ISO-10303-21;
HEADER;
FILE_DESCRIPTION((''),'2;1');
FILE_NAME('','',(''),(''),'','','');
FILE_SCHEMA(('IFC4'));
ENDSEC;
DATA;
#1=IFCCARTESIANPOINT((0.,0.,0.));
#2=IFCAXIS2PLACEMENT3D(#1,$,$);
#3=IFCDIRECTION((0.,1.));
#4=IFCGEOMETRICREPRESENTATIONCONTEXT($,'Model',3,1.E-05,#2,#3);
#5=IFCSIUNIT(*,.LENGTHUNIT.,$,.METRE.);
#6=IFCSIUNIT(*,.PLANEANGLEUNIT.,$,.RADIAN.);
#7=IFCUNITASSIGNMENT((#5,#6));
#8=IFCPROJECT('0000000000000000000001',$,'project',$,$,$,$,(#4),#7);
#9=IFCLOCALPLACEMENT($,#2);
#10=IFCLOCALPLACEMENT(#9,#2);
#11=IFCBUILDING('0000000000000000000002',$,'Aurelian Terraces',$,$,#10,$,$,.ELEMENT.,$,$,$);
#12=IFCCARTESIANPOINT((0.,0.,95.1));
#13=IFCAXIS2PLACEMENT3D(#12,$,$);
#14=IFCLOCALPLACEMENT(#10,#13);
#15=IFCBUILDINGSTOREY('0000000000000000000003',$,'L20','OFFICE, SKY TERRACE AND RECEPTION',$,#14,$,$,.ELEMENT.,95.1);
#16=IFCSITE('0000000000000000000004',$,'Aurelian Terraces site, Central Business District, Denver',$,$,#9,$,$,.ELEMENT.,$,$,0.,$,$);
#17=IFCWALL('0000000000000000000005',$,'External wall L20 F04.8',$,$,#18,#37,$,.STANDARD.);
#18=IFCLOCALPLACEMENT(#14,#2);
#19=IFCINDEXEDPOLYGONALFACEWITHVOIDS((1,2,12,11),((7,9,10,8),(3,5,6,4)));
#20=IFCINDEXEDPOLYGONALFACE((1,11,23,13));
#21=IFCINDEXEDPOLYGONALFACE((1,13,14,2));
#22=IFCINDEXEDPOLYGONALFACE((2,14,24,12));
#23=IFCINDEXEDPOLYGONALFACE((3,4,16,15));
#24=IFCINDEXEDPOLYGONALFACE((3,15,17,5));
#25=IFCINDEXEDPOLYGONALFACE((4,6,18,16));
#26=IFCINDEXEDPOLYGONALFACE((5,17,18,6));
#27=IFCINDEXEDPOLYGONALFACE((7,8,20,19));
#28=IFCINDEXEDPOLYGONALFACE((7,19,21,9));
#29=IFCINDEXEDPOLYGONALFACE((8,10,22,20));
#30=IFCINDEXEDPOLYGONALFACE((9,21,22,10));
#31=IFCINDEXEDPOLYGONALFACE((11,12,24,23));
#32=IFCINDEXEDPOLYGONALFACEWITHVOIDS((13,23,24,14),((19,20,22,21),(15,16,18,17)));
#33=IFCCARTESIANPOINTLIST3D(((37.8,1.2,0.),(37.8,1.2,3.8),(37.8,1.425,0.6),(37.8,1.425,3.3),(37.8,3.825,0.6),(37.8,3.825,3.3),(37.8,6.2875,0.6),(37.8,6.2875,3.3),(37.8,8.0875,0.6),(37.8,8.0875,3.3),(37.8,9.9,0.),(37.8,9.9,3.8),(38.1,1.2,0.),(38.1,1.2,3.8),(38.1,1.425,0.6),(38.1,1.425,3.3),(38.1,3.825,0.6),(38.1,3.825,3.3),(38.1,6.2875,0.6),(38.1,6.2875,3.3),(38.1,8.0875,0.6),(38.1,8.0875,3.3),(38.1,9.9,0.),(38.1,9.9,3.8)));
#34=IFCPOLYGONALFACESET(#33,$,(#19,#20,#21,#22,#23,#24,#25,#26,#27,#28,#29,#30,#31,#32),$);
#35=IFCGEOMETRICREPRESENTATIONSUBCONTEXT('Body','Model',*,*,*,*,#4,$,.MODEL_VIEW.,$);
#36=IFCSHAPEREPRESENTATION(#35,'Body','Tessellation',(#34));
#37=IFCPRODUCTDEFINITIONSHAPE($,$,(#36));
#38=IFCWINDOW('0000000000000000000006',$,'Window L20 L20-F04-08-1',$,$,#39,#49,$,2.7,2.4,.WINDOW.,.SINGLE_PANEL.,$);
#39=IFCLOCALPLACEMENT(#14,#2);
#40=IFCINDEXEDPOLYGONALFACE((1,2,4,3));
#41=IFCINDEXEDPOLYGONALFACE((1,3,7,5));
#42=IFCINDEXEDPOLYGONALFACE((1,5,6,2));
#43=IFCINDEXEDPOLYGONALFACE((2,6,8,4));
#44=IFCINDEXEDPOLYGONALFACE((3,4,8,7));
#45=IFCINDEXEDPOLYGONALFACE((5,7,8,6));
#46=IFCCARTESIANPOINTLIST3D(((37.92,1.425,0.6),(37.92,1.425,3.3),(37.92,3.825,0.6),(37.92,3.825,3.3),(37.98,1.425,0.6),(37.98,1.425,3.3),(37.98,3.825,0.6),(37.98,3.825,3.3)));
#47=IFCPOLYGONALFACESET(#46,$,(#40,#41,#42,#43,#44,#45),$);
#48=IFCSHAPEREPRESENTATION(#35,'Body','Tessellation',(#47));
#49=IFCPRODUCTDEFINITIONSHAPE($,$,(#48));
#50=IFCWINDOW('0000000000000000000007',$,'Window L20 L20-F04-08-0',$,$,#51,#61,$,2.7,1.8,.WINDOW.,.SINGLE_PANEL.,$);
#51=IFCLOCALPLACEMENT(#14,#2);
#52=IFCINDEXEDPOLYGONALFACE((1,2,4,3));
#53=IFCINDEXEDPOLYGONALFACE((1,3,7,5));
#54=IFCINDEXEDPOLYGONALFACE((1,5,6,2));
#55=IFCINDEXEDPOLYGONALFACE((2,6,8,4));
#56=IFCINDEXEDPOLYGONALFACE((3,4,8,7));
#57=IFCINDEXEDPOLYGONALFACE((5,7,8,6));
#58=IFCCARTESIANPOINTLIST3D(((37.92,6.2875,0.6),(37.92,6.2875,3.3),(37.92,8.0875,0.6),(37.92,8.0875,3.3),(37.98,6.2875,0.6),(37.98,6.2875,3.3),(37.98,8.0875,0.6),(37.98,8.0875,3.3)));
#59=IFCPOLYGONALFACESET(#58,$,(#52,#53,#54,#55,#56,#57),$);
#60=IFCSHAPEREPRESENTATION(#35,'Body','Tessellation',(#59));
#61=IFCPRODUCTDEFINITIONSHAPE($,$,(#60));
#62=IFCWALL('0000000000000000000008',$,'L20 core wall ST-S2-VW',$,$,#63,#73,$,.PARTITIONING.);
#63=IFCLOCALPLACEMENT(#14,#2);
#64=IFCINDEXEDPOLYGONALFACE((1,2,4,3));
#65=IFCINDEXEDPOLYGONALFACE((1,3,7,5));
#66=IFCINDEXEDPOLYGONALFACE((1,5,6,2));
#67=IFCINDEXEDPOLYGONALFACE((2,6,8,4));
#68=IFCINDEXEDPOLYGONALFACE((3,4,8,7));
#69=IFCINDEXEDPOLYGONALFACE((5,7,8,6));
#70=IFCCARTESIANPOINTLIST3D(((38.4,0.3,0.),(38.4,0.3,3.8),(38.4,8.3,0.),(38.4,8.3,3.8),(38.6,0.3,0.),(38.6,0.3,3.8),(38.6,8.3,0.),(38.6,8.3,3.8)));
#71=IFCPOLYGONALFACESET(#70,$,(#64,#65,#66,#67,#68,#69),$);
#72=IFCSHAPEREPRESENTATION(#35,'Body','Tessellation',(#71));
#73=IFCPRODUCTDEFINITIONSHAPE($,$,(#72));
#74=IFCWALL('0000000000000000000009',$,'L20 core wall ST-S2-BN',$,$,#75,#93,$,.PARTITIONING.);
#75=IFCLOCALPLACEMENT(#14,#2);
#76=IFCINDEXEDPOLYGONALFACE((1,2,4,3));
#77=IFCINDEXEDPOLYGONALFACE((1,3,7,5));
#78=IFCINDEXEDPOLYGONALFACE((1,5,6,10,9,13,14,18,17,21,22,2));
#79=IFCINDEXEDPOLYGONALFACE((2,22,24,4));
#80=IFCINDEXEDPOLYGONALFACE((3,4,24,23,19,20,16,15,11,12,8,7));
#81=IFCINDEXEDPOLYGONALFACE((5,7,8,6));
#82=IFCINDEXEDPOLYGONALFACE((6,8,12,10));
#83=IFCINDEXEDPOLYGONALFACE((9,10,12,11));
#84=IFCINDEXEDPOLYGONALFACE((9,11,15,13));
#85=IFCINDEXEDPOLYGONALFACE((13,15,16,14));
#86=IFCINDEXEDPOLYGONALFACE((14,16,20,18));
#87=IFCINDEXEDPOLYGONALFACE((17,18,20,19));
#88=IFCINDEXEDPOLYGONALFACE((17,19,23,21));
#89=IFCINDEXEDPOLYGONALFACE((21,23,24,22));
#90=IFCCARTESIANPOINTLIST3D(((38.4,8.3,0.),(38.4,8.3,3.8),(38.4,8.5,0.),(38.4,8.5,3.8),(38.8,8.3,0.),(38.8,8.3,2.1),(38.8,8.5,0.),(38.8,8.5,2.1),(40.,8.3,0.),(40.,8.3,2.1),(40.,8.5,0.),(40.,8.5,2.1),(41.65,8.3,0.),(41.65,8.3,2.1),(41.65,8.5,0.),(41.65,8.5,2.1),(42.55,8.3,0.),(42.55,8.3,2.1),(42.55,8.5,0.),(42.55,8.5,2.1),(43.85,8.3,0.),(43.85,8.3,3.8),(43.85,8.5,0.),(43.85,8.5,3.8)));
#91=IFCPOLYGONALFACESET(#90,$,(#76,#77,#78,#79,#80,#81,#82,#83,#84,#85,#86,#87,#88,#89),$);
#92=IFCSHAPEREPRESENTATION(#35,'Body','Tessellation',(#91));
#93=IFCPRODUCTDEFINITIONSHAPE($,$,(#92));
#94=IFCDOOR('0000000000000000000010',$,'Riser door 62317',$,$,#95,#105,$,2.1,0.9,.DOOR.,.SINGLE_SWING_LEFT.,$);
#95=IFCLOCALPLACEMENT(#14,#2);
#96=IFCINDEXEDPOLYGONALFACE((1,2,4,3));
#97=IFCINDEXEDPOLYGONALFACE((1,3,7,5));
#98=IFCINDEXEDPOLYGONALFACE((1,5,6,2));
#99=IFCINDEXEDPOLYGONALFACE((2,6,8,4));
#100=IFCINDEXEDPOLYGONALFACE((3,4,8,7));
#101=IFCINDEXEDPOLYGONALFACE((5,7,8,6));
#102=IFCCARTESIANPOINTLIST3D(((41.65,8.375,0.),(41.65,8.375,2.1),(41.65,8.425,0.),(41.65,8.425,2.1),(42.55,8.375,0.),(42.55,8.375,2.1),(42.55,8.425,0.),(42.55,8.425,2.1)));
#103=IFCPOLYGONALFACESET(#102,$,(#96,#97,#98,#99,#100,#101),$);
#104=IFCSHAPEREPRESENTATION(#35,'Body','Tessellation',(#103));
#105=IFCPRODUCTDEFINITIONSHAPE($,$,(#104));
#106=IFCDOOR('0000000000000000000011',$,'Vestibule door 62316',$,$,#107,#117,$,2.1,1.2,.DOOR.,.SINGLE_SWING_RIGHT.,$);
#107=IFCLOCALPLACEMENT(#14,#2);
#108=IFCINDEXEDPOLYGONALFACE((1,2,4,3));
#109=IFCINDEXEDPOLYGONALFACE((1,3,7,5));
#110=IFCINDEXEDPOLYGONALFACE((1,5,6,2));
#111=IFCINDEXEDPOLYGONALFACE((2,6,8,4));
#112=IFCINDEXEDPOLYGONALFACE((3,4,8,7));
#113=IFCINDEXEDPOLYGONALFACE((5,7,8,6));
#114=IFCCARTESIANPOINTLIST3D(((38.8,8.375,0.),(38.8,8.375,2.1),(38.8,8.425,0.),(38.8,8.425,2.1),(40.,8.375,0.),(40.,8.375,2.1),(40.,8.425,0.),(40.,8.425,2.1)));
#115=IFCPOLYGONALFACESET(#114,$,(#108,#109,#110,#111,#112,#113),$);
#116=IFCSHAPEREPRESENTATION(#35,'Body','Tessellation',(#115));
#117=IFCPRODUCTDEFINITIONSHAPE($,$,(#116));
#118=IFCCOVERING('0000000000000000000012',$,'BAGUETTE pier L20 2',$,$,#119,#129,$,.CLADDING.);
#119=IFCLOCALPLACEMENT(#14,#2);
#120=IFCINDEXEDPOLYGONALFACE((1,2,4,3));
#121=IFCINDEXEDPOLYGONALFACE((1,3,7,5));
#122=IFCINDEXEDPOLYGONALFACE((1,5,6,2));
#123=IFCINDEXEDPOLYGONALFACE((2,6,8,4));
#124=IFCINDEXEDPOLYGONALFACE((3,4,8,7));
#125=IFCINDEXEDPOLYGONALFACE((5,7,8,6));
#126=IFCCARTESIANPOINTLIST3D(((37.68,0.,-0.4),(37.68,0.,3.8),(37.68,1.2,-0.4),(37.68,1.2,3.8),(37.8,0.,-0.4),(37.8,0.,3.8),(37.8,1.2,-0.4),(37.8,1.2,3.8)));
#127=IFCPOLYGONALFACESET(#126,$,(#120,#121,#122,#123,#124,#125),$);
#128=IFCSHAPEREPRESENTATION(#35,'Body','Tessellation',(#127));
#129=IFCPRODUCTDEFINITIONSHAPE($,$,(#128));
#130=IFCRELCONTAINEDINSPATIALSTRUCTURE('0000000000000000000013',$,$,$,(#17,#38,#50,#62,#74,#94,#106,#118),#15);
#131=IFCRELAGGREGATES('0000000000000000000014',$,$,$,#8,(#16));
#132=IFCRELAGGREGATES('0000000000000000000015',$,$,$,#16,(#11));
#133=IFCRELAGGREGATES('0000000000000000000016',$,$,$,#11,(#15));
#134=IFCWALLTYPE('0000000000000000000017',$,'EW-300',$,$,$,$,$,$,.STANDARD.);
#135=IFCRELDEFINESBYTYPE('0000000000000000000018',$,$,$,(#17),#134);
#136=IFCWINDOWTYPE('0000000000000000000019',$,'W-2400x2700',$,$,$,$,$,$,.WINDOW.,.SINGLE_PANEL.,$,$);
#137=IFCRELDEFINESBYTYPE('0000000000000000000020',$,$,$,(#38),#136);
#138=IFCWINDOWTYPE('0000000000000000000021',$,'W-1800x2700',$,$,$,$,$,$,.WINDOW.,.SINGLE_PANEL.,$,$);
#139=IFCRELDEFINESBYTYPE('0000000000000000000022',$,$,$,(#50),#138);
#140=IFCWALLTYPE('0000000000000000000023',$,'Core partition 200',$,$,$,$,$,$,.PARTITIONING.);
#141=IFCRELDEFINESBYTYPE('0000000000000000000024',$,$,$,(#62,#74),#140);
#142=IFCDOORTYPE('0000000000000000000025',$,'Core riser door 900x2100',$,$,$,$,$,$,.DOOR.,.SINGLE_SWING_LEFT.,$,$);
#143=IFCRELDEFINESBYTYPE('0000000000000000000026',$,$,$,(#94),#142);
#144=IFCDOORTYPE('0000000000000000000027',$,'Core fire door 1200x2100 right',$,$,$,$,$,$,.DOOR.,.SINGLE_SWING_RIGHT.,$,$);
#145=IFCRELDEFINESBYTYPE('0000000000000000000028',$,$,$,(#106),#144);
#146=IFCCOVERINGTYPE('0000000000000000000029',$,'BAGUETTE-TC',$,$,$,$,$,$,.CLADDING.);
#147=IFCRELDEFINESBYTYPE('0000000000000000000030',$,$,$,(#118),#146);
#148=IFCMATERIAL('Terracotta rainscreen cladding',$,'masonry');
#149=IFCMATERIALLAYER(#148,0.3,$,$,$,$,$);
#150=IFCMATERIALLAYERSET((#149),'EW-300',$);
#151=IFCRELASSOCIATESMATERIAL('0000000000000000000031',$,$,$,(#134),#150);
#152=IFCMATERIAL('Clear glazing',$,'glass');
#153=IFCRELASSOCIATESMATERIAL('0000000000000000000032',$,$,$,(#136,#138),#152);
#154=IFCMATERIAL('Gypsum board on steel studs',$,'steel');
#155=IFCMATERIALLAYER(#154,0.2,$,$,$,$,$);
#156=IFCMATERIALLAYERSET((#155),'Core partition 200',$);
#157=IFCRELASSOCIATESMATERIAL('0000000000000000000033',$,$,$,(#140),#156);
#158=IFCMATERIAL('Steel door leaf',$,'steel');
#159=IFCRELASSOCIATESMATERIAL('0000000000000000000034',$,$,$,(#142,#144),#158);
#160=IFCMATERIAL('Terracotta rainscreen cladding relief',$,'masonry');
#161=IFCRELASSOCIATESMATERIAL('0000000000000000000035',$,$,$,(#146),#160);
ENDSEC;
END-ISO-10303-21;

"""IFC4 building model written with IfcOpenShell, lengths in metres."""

from ifc_helpers import new_model, si_unit, direction, frame, frame_2d, origin, origin_2d, place, context, subcontext, project, spatial, rectangle, extrude, source, transform, mapped, material, layer, layer_set, type_object, element, fill, save


model = new_model("IFC4")

# Units and contexts
model_context = context("Model", 3, precision=1e-05, world=origin(), true_north=direction((0.0, 1.0)))
body_context = subcontext(model_context, "Body", "Model", "MODEL_VIEW")
ifc_project = project(units=[si_unit("LENGTHUNIT", "METRE"), si_unit("PLANEANGLEUNIT", "RADIAN")], contexts=[model_context])

# Site, building, storey
site_placement = place(None, origin())
site = spatial("IfcSite", under=ifc_project, at=site_placement, Name="Aurelian Terraces site, Central Business District, Denver", CompositionType="ELEMENT", RefElevation=0.0)
building_placement = place(site_placement, origin())
building = spatial("IfcBuilding", under=site, at=building_placement, Name="Aurelian Terraces", CompositionType="ELEMENT")
storey_placement = place(building_placement, frame((0.0, 0.0, 95.1)))
storey = spatial("IfcBuildingStorey", under=building, at=storey_placement, Name="L20", Description="OFFICE, SKY TERRACE AND RECEPTION", CompositionType="ELEMENT", Elevation=95.1)

# Shared definitions
ifc_material_1 = material(Name="Terracotta rainscreen cladding", Category="masonry")
ifc_layer_1 = layer(ifc_material_1, 0.3)
ifc_layer_set_1 = layer_set([ifc_layer_1], Name="EW-300")
wall_type_1 = type_object("IfcWallType", Name="EW-300", PredefinedType="STANDARD", material=ifc_layer_set_1)

# Wall, openings, windows
shared_shape_1 = source(origin(), body_context, "Body", "SweptSolid", [
    extrude(rectangle(XDim=8.7, YDim=0.3, at=frame_2d((4.35, 0.0))), origin(), (0.0, 0.0, 1.0), 3.8),
])
wall_1_placement = place(storey_placement, frame((37.95, 9.9, 0.0), z_axis=(0.0, 0.0, 1.0), x_axis=(0.0, -1.0, 0.0)))
wall_1 = element("IfcWall", 1, at=wall_1_placement, inside=storey, type_object=wall_type_1, Name="External wall L20 F04.8", PredefinedType="STANDARD", context=body_context, shape_type="MappedRepresentation", body=[
    mapped(shared_shape_1, transform((0.0, 0.0, 0.0), scale=1.0)),
])
shared_shape_2 = source(origin(), body_context, "Body", "SweptSolid", [
    extrude(rectangle(XDim=1.8, YDim=2.7, at=frame_2d((0.9, 1.35))), frame((0.0, 0.16, 0.0), z_axis=(0.0, -1.0, 0.0), x_axis=(1.0, 0.0, 0.0)), (0.0, 0.0, 1.0), 0.32),
])
opening_1_placement = place(wall_1_placement, frame((1.8125, 0.0, 0.6)))
opening_1 = element("IfcOpeningElement", 2, at=opening_1_placement, cuts=wall_1, PredefinedType="OPENING", context=body_context, shape_type="MappedRepresentation", body=[
    mapped(shared_shape_2, transform((0.0, 0.0, 0.0), scale=1.0)),
])
shared_shape_3 = source(origin(), body_context, "Body", "SweptSolid", [
    extrude(rectangle(XDim=2.4, YDim=2.7, at=frame_2d((1.2, 1.35))), frame((0.0, 0.16, 0.0), z_axis=(0.0, -1.0, 0.0), x_axis=(1.0, 0.0, 0.0)), (0.0, 0.0, 1.0), 0.32),
])
opening_2_placement = place(wall_1_placement, frame((6.075, 0.0, 0.6)))
opening_2 = element("IfcOpeningElement", 3, at=opening_2_placement, cuts=wall_1, PredefinedType="OPENING", context=body_context, shape_type="MappedRepresentation", body=[
    mapped(shared_shape_3, transform((0.0, 0.0, 0.0), scale=1.0)),
])
ifc_material_2 = material(Name="Clear glazing", Category="glass")
window_type_1 = type_object("IfcWindowType", Name="W-2400x2700", PartitioningType="SINGLE_PANEL", PredefinedType="WINDOW", material=ifc_material_2)
shared_shape_4 = source(origin(), body_context, "Body", "SweptSolid", [
    extrude(rectangle(XDim=2.4, YDim=2.7, at=frame_2d((1.2, 1.35))), frame((0.0, 0.03, 0.0), z_axis=(0.0, -1.0, 0.0), x_axis=(1.0, 0.0, 0.0)), (0.0, 0.0, 1.0), 0.06),
])
window_1_placement = place(opening_2_placement, origin())
window_1 = element("IfcWindow", 4, at=window_1_placement, inside=storey, type_object=window_type_1, Name="Window L20 L20-F04-08-1", OverallHeight=2.7, OverallWidth=2.4, PartitioningType="SINGLE_PANEL", PredefinedType="WINDOW", context=body_context, shape_type="MappedRepresentation", body=[
    mapped(shared_shape_4, transform((0.0, 0.0, 0.0), scale=1.0)),
])
fill(opening_2, window_1)
window_type_2 = type_object("IfcWindowType", Name="W-1800x2700", PartitioningType="SINGLE_PANEL", PredefinedType="WINDOW", material=ifc_material_2)
shared_shape_5 = source(origin(), body_context, "Body", "SweptSolid", [
    extrude(rectangle(XDim=1.8, YDim=2.7, at=frame_2d((0.9, 1.35))), frame((0.0, 0.03, 0.0), z_axis=(0.0, -1.0, 0.0), x_axis=(1.0, 0.0, 0.0)), (0.0, 0.0, 1.0), 0.06),
])
window_2_placement = place(opening_1_placement, origin())
window_2 = element("IfcWindow", 5, at=window_2_placement, inside=storey, type_object=window_type_2, Name="Window L20 L20-F04-08-0", OverallHeight=2.7, OverallWidth=1.8, PartitioningType="SINGLE_PANEL", PredefinedType="WINDOW", context=body_context, shape_type="MappedRepresentation", body=[
    mapped(shared_shape_5, transform((0.0, 0.0, 0.0), scale=1.0)),
])
fill(opening_1, window_2)

# Wall
ifc_material_3 = material(Name="Gypsum board on steel studs", Category="steel")
ifc_layer_2 = layer(ifc_material_3, 0.2)
ifc_layer_set_2 = layer_set([ifc_layer_2], Name="Core partition 200")
wall_type_2 = type_object("IfcWallType", Name="Core partition 200", PredefinedType="PARTITIONING", material=ifc_layer_set_2)
shared_shape_6 = source(origin(), body_context, "Body", "SweptSolid", [
    extrude(rectangle(XDim=8.0, YDim=0.2, at=frame_2d((4.0, 0.0))), origin(), (0.0, 0.0, 1.0), 3.8),
])
wall_2_placement = place(storey_placement, frame((38.5, 0.3, 0.0), z_axis=(0.0, 0.0, 1.0), x_axis=(0.0, 1.0, 0.0)))
element("IfcWall", 6, at=wall_2_placement, inside=storey, type_object=wall_type_2, Name="L20 core wall ST-S2-VW", PredefinedType="PARTITIONING", context=body_context, shape_type="MappedRepresentation", body=[
    mapped(shared_shape_6, transform((0.0, 0.0, 0.0), scale=1.0)),
])

# Wall, openings, doors
shared_shape_7 = source(origin(), body_context, "Body", "SweptSolid", [
    extrude(rectangle(XDim=5.45, YDim=0.2, at=frame_2d((2.725, 0.0))), origin(), (0.0, 0.0, 1.0), 3.8),
])
wall_3_placement = place(storey_placement, frame((38.4, 8.4, 0.0), z_axis=(0.0, 0.0, 1.0), x_axis=(1.0, 0.0, 0.0)))
wall_3 = element("IfcWall", 7, at=wall_3_placement, inside=storey, type_object=wall_type_2, Name="L20 core wall ST-S2-BN", PredefinedType="PARTITIONING", context=body_context, shape_type="MappedRepresentation", body=[
    mapped(shared_shape_7, transform((0.0, 0.0, 0.0), scale=1.0)),
])
shared_shape_8 = source(origin(), body_context, "Body", "SweptSolid", [
    extrude(rectangle(XDim=1.2, YDim=2.1, at=frame_2d((0.6, 1.05))), frame((0.0, 0.11, 0.0), z_axis=(0.0, -1.0, 0.0), x_axis=(1.0, 0.0, 0.0)), (0.0, 0.0, 1.0), 0.22),
])
opening_3_placement = place(wall_3_placement, frame((0.4, 0.0, 0.0)))
opening_3 = element("IfcOpeningElement", 8, at=opening_3_placement, cuts=wall_3, PredefinedType="OPENING", context=body_context, shape_type="MappedRepresentation", body=[
    mapped(shared_shape_8, transform((0.0, 0.0, 0.0), scale=1.0)),
])
shared_shape_9 = source(origin(), body_context, "Body", "SweptSolid", [
    extrude(rectangle(XDim=0.9, YDim=2.1, at=frame_2d((0.45, 1.05))), frame((0.0, 0.11, 0.0), z_axis=(0.0, -1.0, 0.0), x_axis=(1.0, 0.0, 0.0)), (0.0, 0.0, 1.0), 0.22),
])
opening_4_placement = place(wall_3_placement, frame((3.25, 0.0, 0.0)))
opening_4 = element("IfcOpeningElement", 9, at=opening_4_placement, cuts=wall_3, PredefinedType="OPENING", context=body_context, shape_type="MappedRepresentation", body=[
    mapped(shared_shape_9, transform((0.0, 0.0, 0.0), scale=1.0)),
])
ifc_material_4 = material(Name="Steel door leaf", Category="steel")
door_type_1 = type_object("IfcDoorType", Name="Core riser door 900x2100", OperationType="SINGLE_SWING_LEFT", PredefinedType="DOOR", material=ifc_material_4)
shared_shape_10 = source(origin(), body_context, "Body", "SweptSolid", [
    extrude(rectangle(XDim=0.9, YDim=2.1, at=frame_2d((0.45, 1.05))), frame((0.0, 0.025, 0.0), z_axis=(0.0, -1.0, 0.0), x_axis=(1.0, 0.0, 0.0)), (0.0, 0.0, 1.0), 0.05),
])
door_1_placement = place(opening_4_placement, origin())
door_1 = element("IfcDoor", 10, at=door_1_placement, inside=storey, type_object=door_type_1, Name="Riser door 62317", OperationType="SINGLE_SWING_LEFT", OverallHeight=2.1, OverallWidth=0.9, PredefinedType="DOOR", context=body_context, shape_type="MappedRepresentation", body=[
    mapped(shared_shape_10, transform((0.0, 0.0, 0.0), scale=1.0)),
])
fill(opening_4, door_1)
door_type_2 = type_object("IfcDoorType", Name="Core fire door 1200x2100 right", OperationType="SINGLE_SWING_RIGHT", PredefinedType="DOOR", material=ifc_material_4)
shared_shape_11 = source(origin(), body_context, "Body", "SweptSolid", [
    extrude(rectangle(XDim=1.2, YDim=2.1, at=frame_2d((0.6, 1.05))), frame((0.0, 0.025, 0.0), z_axis=(0.0, -1.0, 0.0), x_axis=(1.0, 0.0, 0.0)), (0.0, 0.0, 1.0), 0.05),
])
door_2_placement = place(opening_3_placement, origin())
door_2 = element("IfcDoor", 11, at=door_2_placement, inside=storey, type_object=door_type_2, Name="Vestibule door 62316", OperationType="SINGLE_SWING_RIGHT", OverallHeight=2.1, OverallWidth=1.2, PredefinedType="DOOR", context=body_context, shape_type="MappedRepresentation", body=[
    mapped(shared_shape_11, transform((0.0, 0.0, 0.0), scale=1.0)),
])
fill(opening_3, door_2)

# Covering
ifc_material_5 = material(Name="Terracotta rainscreen cladding relief", Category="masonry")
covering_type = type_object("IfcCoveringType", Name="BAGUETTE-TC", PredefinedType="CLADDING", material=ifc_material_5)
shared_shape_12 = source(origin(), body_context, "Body", "SweptSolid", [
    extrude(rectangle(XDim=0.12, YDim=1.2, at=origin_2d()), origin(), (0.0, 0.0, 1.0), 4.2),
])
covering_placement = place(storey_placement, frame((37.74, 0.6, -0.4), z_axis=(0.0, 0.0, 1.0), x_axis=(1.0, 0.0, 0.0)))
element("IfcCovering", 12, at=covering_placement, inside=storey, type_object=covering_type, Name="BAGUETTE pier L20 2", PredefinedType="CLADDING", context=body_context, shape_type="MappedRepresentation", body=[
    mapped(shared_shape_12, transform((0.0, 0.0, 0.0), scale=1.0)),
])

save(model, "model.ifc")
